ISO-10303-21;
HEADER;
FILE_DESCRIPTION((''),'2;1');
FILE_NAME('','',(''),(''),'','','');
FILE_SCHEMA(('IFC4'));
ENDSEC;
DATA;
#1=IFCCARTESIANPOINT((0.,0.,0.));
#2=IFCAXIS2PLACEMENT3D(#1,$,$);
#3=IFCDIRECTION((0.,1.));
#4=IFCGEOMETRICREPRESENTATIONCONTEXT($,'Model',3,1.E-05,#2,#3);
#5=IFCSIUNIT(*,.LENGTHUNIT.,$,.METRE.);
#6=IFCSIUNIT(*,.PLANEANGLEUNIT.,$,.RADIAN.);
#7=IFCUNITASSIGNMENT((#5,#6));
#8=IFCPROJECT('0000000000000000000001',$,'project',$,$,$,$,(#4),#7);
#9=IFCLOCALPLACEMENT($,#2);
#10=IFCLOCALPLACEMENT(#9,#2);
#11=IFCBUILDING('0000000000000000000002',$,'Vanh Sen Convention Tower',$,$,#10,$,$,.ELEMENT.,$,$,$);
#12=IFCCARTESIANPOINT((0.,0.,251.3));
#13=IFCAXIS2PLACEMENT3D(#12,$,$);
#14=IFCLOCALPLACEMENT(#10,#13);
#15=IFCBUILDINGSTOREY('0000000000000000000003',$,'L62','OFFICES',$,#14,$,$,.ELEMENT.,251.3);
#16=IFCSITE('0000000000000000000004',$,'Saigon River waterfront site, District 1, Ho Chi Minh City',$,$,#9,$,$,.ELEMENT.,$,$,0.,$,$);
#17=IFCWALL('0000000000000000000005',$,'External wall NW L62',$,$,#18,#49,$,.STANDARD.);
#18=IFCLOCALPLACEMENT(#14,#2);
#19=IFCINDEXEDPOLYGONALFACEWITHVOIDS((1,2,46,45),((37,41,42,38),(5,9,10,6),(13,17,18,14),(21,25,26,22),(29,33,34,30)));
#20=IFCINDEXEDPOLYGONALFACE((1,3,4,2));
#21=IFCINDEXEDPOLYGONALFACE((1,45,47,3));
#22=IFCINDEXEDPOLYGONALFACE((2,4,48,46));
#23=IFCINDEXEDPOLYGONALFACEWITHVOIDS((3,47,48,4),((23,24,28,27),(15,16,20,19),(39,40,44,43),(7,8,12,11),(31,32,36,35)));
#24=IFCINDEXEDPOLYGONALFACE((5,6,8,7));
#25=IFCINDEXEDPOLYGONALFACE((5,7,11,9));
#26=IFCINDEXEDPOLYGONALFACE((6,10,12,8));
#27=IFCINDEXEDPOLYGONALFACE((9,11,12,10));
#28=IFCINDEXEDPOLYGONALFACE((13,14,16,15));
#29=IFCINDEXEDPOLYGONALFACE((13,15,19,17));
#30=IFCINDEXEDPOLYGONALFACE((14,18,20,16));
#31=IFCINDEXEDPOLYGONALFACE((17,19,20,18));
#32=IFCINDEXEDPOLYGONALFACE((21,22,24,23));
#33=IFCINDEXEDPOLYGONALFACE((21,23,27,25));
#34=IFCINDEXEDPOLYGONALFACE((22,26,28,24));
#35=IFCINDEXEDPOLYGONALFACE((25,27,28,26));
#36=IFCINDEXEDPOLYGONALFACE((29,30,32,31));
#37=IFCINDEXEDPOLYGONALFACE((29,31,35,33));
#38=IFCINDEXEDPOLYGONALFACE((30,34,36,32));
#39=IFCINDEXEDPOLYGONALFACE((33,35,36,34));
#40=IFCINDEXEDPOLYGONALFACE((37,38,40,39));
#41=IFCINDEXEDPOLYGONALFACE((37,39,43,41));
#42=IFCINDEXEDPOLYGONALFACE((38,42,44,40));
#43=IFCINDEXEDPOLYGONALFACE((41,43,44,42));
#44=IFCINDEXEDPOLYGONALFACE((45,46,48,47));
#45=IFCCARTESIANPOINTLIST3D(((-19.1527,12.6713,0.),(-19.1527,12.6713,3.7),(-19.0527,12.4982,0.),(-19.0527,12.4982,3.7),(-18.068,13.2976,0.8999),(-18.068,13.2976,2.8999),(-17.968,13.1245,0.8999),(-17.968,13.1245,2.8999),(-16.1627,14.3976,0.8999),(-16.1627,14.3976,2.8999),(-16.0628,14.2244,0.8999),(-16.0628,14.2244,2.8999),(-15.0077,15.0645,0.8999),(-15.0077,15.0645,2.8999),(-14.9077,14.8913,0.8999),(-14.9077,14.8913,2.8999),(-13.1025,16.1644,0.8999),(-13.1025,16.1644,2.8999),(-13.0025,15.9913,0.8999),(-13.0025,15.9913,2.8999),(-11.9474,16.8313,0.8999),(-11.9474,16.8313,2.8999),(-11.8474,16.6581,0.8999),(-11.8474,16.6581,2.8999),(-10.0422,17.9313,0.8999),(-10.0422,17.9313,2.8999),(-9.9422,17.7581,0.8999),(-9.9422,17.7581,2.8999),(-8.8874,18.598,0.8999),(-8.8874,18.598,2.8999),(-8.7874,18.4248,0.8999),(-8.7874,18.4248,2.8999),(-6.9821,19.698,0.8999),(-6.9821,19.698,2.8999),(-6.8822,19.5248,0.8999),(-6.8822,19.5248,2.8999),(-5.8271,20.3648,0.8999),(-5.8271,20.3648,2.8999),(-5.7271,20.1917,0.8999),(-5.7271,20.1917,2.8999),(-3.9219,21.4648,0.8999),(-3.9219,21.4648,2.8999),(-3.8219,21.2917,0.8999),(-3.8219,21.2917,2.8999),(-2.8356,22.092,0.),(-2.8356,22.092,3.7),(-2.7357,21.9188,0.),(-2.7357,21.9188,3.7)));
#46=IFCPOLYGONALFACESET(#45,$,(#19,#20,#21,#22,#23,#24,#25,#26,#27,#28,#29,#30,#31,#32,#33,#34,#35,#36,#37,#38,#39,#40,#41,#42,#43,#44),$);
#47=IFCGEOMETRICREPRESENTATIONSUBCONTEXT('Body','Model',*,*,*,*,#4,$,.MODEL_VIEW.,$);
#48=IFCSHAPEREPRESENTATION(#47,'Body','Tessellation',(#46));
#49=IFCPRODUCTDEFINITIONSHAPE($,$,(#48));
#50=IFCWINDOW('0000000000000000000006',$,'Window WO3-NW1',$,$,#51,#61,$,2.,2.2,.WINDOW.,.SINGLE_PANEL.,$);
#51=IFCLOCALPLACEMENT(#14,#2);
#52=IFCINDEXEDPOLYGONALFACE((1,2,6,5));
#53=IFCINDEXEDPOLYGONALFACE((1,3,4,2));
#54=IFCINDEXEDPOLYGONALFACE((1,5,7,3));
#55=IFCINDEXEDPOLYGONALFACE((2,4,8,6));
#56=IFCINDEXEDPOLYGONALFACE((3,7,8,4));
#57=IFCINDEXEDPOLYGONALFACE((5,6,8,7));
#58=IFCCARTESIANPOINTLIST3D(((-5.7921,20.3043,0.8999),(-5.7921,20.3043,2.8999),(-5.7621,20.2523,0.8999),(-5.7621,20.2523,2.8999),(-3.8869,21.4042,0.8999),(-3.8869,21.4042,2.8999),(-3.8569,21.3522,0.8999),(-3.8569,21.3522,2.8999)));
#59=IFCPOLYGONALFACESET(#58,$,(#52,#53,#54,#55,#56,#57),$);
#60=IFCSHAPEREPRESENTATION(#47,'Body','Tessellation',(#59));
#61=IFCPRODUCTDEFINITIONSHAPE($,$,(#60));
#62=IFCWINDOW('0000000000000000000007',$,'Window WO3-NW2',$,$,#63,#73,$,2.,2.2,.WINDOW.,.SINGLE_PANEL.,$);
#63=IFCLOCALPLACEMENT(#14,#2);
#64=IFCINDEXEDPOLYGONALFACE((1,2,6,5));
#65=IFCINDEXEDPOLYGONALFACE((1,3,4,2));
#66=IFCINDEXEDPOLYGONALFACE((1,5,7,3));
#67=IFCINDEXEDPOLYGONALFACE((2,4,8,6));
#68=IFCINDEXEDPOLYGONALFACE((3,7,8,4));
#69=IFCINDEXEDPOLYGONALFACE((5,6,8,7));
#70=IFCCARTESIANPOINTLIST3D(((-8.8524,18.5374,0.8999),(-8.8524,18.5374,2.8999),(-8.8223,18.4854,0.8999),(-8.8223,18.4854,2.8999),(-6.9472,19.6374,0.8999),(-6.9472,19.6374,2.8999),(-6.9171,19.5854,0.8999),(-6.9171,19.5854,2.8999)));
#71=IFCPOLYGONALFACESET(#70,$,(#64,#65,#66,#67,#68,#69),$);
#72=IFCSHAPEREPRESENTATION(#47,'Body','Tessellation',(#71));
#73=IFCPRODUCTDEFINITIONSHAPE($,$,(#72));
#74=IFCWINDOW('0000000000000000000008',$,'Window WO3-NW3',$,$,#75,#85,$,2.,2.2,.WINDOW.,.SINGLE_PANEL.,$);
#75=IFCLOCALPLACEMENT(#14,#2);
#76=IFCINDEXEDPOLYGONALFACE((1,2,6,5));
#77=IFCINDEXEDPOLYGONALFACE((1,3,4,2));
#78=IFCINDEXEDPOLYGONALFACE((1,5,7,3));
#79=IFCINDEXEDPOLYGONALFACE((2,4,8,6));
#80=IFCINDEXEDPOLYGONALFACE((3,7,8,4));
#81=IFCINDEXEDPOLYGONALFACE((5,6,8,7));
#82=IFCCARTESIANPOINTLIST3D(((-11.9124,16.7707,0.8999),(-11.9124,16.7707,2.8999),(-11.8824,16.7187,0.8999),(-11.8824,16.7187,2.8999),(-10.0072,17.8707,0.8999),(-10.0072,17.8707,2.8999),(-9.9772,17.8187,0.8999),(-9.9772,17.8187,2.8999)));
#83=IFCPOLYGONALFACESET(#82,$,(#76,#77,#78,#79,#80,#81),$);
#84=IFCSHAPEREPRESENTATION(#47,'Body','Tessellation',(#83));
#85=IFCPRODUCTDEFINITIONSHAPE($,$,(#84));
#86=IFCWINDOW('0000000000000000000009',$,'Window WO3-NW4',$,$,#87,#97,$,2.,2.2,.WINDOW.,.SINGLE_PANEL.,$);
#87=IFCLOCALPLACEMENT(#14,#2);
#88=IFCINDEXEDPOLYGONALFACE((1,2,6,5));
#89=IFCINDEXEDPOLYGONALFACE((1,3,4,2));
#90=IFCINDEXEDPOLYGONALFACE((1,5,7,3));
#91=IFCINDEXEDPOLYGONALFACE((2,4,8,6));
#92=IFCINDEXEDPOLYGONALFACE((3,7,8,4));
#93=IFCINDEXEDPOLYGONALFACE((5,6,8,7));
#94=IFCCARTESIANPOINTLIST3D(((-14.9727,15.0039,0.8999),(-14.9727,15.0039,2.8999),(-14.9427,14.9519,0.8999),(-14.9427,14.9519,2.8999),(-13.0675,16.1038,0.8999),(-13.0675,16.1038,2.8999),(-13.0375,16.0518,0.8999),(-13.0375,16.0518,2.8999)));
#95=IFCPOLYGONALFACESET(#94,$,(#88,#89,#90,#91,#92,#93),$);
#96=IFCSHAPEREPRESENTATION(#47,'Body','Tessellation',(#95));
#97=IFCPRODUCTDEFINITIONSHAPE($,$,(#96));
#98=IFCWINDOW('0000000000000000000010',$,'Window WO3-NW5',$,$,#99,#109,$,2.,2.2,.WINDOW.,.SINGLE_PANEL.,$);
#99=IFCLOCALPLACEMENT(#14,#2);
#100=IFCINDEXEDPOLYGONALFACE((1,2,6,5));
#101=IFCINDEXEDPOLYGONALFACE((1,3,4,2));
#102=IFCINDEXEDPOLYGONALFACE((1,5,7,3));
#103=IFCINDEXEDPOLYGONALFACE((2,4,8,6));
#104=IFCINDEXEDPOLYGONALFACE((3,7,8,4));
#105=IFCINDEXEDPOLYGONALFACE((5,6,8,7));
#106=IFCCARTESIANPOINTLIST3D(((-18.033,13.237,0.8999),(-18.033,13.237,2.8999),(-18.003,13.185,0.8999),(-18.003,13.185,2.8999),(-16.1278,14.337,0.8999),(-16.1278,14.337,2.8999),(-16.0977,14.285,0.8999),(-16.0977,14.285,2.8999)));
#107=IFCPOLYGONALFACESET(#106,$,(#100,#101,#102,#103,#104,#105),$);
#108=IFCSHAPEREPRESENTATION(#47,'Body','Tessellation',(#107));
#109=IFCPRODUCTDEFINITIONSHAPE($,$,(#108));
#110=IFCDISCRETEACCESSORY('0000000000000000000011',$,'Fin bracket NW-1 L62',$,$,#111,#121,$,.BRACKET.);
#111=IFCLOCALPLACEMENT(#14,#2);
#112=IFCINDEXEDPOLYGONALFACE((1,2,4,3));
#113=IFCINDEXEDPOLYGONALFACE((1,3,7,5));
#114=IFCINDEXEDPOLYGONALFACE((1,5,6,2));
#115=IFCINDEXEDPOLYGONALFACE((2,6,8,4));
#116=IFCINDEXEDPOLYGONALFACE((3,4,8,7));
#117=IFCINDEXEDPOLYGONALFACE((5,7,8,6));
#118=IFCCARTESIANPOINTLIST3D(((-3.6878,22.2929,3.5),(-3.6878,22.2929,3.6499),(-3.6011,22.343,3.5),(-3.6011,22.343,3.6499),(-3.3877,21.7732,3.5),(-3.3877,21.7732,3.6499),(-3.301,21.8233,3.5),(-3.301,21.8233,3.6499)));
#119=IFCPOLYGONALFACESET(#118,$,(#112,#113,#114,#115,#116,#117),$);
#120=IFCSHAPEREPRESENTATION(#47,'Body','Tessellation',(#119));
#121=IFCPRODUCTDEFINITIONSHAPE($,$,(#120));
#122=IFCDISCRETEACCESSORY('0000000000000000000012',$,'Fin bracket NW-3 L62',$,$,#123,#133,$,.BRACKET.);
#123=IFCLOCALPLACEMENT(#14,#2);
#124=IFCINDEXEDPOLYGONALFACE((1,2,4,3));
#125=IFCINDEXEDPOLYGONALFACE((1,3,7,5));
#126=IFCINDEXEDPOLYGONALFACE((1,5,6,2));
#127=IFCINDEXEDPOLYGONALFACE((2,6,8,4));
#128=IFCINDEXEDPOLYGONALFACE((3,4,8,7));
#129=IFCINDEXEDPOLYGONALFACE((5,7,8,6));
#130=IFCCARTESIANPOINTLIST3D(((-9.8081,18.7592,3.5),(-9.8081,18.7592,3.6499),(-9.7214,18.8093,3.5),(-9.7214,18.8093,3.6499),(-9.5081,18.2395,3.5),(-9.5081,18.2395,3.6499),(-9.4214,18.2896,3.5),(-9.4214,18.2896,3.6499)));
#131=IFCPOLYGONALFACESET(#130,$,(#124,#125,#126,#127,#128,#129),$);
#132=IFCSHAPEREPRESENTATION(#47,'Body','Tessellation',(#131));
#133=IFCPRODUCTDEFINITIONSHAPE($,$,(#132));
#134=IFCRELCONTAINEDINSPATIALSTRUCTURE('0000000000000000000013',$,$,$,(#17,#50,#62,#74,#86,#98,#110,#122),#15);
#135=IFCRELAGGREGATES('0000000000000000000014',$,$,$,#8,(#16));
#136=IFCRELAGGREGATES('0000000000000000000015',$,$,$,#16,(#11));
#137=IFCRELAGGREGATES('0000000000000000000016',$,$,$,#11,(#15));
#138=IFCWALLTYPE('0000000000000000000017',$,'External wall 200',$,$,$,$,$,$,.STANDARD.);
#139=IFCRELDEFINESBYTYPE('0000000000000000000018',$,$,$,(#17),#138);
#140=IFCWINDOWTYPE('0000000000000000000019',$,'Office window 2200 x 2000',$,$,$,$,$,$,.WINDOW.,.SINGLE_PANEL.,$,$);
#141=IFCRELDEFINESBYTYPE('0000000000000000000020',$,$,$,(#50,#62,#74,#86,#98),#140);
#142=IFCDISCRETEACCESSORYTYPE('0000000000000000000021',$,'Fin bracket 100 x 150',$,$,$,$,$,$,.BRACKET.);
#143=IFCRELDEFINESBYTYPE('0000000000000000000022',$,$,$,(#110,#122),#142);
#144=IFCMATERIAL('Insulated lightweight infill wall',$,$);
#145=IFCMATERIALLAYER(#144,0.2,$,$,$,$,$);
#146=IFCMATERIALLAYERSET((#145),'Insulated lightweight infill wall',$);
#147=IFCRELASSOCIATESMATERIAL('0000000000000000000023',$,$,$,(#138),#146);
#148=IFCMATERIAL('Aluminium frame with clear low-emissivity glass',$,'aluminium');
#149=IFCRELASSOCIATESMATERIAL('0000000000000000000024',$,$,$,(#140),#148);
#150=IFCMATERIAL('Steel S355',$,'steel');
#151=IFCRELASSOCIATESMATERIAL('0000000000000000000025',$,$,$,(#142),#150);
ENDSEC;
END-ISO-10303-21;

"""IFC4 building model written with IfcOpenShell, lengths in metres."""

from ifc_helpers import new_model, si_unit, direction, frame, frame_2d, origin, origin_2d, place, context, subcontext, project, spatial, rectangle, extrude, material, layer, layer_set, type_object, element, fill, save


model = new_model("IFC4")

# Units and contexts
model_context = context("Model", 3, precision=1e-05, world=origin(), true_north=direction((0.0, 1.0)))
body_context = subcontext(model_context, "Body", "Model", "MODEL_VIEW")
ifc_project = project(units=[si_unit("LENGTHUNIT", "METRE"), si_unit("PLANEANGLEUNIT", "RADIAN")], contexts=[model_context])

# Site, building, storey
site_placement = place(None, origin())
site = spatial("IfcSite", under=ifc_project, at=site_placement, Name="Saigon River waterfront site, District 1, Ho Chi Minh City", CompositionType="ELEMENT", RefElevation=0.0)
building_placement = place(site_placement, origin())
building = spatial("IfcBuilding", under=site, at=building_placement, Name="Vanh Sen Convention Tower", CompositionType="ELEMENT")
storey_placement = place(building_placement, frame((0.0, 0.0, 251.3)))
storey = spatial("IfcBuildingStorey", under=building, at=storey_placement, Name="L62", Description="OFFICES", CompositionType="ELEMENT", Elevation=251.3)

# Wall, openings, windows
ifc_material_1 = material(Name="Insulated lightweight infill wall")
ifc_layer_1 = layer(ifc_material_1, 0.2)
ifc_layer_set_1 = layer_set([ifc_layer_1], Name="Insulated lightweight infill wall")
wall_type_1 = type_object("IfcWallType", Name="External wall 200", PredefinedType="STANDARD", material=ifc_layer_set_1)
wall_1_placement = place(storey_placement, frame((-2.7856, 22.0054, 0.0), z_axis=(0.0, 0.0, 1.0), x_axis=(-0.866027, -0.499998, 0.0)))
wall_1 = element("IfcWall", 1, at=wall_1_placement, inside=storey, type_object=wall_type_1, Name="External wall NW L62", PredefinedType="STANDARD", context=body_context, shape_type="SweptSolid", body=[
    extrude(rectangle(XDim=18.8413, YDim=0.2, at=frame_2d((9.4207, 0.0))), origin(), (0.0, 0.0, 1.0), 3.7),
])
opening_1_placement = place(wall_1_placement, frame((1.2542, 0.0, 0.8999)))
opening_1 = element("IfcOpeningElement", 2, at=opening_1_placement, cuts=wall_1, PredefinedType="OPENING", context=body_context, shape_type="SweptSolid", body=[
    extrude(rectangle(XDim=2.2, YDim=2.0, at=frame_2d((1.1001, 1.0))), frame((0.0, 0.1099, 0.0), z_axis=(0.0, -1.0, 0.0), x_axis=(1.0, 0.0, 0.0)), (0.0, 0.0, 1.0), 0.22),
])
opening_2_placement = place(wall_1_placement, frame((4.7878, 0.0, 0.8999)))
opening_2 = element("IfcOpeningElement", 3, at=opening_2_placement, cuts=wall_1, PredefinedType="OPENING", context=body_context, shape_type="SweptSolid", body=[
    extrude(rectangle(XDim=2.2, YDim=2.0, at=frame_2d((1.1001, 1.0))), frame((0.0, 0.1099, 0.0), z_axis=(0.0, -1.0, 0.0), x_axis=(1.0, 0.0, 0.0)), (0.0, 0.0, 1.0), 0.22),
])
opening_3_placement = place(wall_1_placement, frame((8.3213, 0.0, 0.8999)))
opening_3 = element("IfcOpeningElement", 4, at=opening_3_placement, cuts=wall_1, PredefinedType="OPENING", context=body_context, shape_type="SweptSolid", body=[
    extrude(rectangle(XDim=2.2, YDim=2.0, at=frame_2d((1.1001, 1.0))), frame((0.0, 0.1099, 0.0), z_axis=(0.0, -1.0, 0.0), x_axis=(1.0, 0.0, 0.0)), (0.0, 0.0, 1.0), 0.22),
])
opening_4_placement = place(wall_1_placement, frame((11.855, 0.0, 0.8999)))
opening_4 = element("IfcOpeningElement", 5, at=opening_4_placement, cuts=wall_1, PredefinedType="OPENING", context=body_context, shape_type="SweptSolid", body=[
    extrude(rectangle(XDim=2.2, YDim=2.0, at=frame_2d((1.1001, 1.0))), frame((0.0, 0.1099, 0.0), z_axis=(0.0, -1.0, 0.0), x_axis=(1.0, 0.0, 0.0)), (0.0, 0.0, 1.0), 0.22),
])
opening_5_placement = place(wall_1_placement, frame((15.3887, 0.0, 0.8999)))
opening_5 = element("IfcOpeningElement", 6, at=opening_5_placement, cuts=wall_1, PredefinedType="OPENING", context=body_context, shape_type="SweptSolid", body=[
    extrude(rectangle(XDim=2.2, YDim=2.0, at=frame_2d((1.1001, 1.0))), frame((0.0, 0.1099, 0.0), z_axis=(0.0, -1.0, 0.0), x_axis=(1.0, 0.0, 0.0)), (0.0, 0.0, 1.0), 0.22),
])
ifc_material_2 = material(Name="Aluminium frame with clear low-emissivity glass", Category="aluminium")
window_type = type_object("IfcWindowType", Name="Office window 2200 x 2000", PartitioningType="SINGLE_PANEL", PredefinedType="WINDOW", material=ifc_material_2)
window_1_placement = place(opening_1_placement, origin())
window_1 = element("IfcWindow", 7, at=window_1_placement, inside=storey, type_object=window_type, Name="Window WO3-NW1", OverallHeight=2.0, OverallWidth=2.2, PartitioningType="SINGLE_PANEL", PredefinedType="WINDOW", context=body_context, shape_type="SweptSolid", body=[
    extrude(rectangle(XDim=2.2, YDim=2.0, at=frame_2d((1.1001, 1.0))), frame((0.0, 0.03, 0.0), z_axis=(0.0, -1.0, 0.0), x_axis=(1.0, 0.0, 0.0)), (0.0, 0.0, 1.0), 0.0601),
])
fill(opening_1, window_1)
window_2_placement = place(opening_2_placement, origin())
window_2 = element("IfcWindow", 8, at=window_2_placement, inside=storey, type_object=window_type, Name="Window WO3-NW2", OverallHeight=2.0, OverallWidth=2.2, PartitioningType="SINGLE_PANEL", PredefinedType="WINDOW", context=body_context, shape_type="SweptSolid", body=[
    extrude(rectangle(XDim=2.2, YDim=2.0, at=frame_2d((1.1001, 1.0))), frame((0.0, 0.03, 0.0), z_axis=(0.0, -1.0, 0.0), x_axis=(1.0, 0.0, 0.0)), (0.0, 0.0, 1.0), 0.0601),
])
fill(opening_2, window_2)
window_3_placement = place(opening_3_placement, origin())
window_3 = element("IfcWindow", 9, at=window_3_placement, inside=storey, type_object=window_type, Name="Window WO3-NW3", OverallHeight=2.0, OverallWidth=2.2, PartitioningType="SINGLE_PANEL", PredefinedType="WINDOW", context=body_context, shape_type="SweptSolid", body=[
    extrude(rectangle(XDim=2.2, YDim=2.0, at=frame_2d((1.1001, 1.0))), frame((0.0, 0.03, 0.0), z_axis=(0.0, -1.0, 0.0), x_axis=(1.0, 0.0, 0.0)), (0.0, 0.0, 1.0), 0.0601),
])
fill(opening_3, window_3)
window_4_placement = place(opening_4_placement, origin())
window_4 = element("IfcWindow", 10, at=window_4_placement, inside=storey, type_object=window_type, Name="Window WO3-NW4", OverallHeight=2.0, OverallWidth=2.2, PartitioningType="SINGLE_PANEL", PredefinedType="WINDOW", context=body_context, shape_type="SweptSolid", body=[
    extrude(rectangle(XDim=2.2, YDim=2.0, at=frame_2d((1.1001, 1.0))), frame((0.0, 0.03, 0.0), z_axis=(0.0, -1.0, 0.0), x_axis=(1.0, 0.0, 0.0)), (0.0, 0.0, 1.0), 0.0601),
])
fill(opening_4, window_4)
window_5_placement = place(opening_5_placement, origin())
window_5 = element("IfcWindow", 11, at=window_5_placement, inside=storey, type_object=window_type, Name="Window WO3-NW5", OverallHeight=2.0, OverallWidth=2.2, PartitioningType="SINGLE_PANEL", PredefinedType="WINDOW", context=body_context, shape_type="SweptSolid", body=[
    extrude(rectangle(XDim=2.2, YDim=2.0, at=frame_2d((1.1001, 1.0))), frame((0.0, 0.03, 0.0), z_axis=(0.0, -1.0, 0.0), x_axis=(1.0, 0.0, 0.0)), (0.0, 0.0, 1.0), 0.0601),
])
fill(opening_5, window_5)

# Discrete accessories
ifc_material_3 = material(Name="Steel S355", Category="steel")
discrete_accessory_type = type_object("IfcDiscreteAccessoryType", Name="Fin bracket 100 x 150", PredefinedType="BRACKET", material=ifc_material_3)
for number, where, z_axis, x_axis, name in (
    (12, (-3.4944, 22.0581, 3.5), (0.0, 0.0, 1.0), (-0.5, 0.866025, 0.0), "Fin bracket NW-1 L62"),
    (13, (-9.6147, 18.5244, 3.5), (0.0, 0.0, 1.0), (-0.5, 0.866025, 0.0), "Fin bracket NW-3 L62"),
):
    element("IfcDiscreteAccessory", number, at=place(storey_placement, frame(where, z_axis=z_axis, x_axis=x_axis)), inside=storey, type_object=discrete_accessory_type, Name=name, PredefinedType="BRACKET", context=body_context, shape_type="SweptSolid", body=[
        extrude(rectangle(XDim=0.6001, YDim=0.1001, at=origin_2d()), origin(), (0.0, 0.0, 1.0), 0.1499),
    ])

save(model, "model.ifc")
